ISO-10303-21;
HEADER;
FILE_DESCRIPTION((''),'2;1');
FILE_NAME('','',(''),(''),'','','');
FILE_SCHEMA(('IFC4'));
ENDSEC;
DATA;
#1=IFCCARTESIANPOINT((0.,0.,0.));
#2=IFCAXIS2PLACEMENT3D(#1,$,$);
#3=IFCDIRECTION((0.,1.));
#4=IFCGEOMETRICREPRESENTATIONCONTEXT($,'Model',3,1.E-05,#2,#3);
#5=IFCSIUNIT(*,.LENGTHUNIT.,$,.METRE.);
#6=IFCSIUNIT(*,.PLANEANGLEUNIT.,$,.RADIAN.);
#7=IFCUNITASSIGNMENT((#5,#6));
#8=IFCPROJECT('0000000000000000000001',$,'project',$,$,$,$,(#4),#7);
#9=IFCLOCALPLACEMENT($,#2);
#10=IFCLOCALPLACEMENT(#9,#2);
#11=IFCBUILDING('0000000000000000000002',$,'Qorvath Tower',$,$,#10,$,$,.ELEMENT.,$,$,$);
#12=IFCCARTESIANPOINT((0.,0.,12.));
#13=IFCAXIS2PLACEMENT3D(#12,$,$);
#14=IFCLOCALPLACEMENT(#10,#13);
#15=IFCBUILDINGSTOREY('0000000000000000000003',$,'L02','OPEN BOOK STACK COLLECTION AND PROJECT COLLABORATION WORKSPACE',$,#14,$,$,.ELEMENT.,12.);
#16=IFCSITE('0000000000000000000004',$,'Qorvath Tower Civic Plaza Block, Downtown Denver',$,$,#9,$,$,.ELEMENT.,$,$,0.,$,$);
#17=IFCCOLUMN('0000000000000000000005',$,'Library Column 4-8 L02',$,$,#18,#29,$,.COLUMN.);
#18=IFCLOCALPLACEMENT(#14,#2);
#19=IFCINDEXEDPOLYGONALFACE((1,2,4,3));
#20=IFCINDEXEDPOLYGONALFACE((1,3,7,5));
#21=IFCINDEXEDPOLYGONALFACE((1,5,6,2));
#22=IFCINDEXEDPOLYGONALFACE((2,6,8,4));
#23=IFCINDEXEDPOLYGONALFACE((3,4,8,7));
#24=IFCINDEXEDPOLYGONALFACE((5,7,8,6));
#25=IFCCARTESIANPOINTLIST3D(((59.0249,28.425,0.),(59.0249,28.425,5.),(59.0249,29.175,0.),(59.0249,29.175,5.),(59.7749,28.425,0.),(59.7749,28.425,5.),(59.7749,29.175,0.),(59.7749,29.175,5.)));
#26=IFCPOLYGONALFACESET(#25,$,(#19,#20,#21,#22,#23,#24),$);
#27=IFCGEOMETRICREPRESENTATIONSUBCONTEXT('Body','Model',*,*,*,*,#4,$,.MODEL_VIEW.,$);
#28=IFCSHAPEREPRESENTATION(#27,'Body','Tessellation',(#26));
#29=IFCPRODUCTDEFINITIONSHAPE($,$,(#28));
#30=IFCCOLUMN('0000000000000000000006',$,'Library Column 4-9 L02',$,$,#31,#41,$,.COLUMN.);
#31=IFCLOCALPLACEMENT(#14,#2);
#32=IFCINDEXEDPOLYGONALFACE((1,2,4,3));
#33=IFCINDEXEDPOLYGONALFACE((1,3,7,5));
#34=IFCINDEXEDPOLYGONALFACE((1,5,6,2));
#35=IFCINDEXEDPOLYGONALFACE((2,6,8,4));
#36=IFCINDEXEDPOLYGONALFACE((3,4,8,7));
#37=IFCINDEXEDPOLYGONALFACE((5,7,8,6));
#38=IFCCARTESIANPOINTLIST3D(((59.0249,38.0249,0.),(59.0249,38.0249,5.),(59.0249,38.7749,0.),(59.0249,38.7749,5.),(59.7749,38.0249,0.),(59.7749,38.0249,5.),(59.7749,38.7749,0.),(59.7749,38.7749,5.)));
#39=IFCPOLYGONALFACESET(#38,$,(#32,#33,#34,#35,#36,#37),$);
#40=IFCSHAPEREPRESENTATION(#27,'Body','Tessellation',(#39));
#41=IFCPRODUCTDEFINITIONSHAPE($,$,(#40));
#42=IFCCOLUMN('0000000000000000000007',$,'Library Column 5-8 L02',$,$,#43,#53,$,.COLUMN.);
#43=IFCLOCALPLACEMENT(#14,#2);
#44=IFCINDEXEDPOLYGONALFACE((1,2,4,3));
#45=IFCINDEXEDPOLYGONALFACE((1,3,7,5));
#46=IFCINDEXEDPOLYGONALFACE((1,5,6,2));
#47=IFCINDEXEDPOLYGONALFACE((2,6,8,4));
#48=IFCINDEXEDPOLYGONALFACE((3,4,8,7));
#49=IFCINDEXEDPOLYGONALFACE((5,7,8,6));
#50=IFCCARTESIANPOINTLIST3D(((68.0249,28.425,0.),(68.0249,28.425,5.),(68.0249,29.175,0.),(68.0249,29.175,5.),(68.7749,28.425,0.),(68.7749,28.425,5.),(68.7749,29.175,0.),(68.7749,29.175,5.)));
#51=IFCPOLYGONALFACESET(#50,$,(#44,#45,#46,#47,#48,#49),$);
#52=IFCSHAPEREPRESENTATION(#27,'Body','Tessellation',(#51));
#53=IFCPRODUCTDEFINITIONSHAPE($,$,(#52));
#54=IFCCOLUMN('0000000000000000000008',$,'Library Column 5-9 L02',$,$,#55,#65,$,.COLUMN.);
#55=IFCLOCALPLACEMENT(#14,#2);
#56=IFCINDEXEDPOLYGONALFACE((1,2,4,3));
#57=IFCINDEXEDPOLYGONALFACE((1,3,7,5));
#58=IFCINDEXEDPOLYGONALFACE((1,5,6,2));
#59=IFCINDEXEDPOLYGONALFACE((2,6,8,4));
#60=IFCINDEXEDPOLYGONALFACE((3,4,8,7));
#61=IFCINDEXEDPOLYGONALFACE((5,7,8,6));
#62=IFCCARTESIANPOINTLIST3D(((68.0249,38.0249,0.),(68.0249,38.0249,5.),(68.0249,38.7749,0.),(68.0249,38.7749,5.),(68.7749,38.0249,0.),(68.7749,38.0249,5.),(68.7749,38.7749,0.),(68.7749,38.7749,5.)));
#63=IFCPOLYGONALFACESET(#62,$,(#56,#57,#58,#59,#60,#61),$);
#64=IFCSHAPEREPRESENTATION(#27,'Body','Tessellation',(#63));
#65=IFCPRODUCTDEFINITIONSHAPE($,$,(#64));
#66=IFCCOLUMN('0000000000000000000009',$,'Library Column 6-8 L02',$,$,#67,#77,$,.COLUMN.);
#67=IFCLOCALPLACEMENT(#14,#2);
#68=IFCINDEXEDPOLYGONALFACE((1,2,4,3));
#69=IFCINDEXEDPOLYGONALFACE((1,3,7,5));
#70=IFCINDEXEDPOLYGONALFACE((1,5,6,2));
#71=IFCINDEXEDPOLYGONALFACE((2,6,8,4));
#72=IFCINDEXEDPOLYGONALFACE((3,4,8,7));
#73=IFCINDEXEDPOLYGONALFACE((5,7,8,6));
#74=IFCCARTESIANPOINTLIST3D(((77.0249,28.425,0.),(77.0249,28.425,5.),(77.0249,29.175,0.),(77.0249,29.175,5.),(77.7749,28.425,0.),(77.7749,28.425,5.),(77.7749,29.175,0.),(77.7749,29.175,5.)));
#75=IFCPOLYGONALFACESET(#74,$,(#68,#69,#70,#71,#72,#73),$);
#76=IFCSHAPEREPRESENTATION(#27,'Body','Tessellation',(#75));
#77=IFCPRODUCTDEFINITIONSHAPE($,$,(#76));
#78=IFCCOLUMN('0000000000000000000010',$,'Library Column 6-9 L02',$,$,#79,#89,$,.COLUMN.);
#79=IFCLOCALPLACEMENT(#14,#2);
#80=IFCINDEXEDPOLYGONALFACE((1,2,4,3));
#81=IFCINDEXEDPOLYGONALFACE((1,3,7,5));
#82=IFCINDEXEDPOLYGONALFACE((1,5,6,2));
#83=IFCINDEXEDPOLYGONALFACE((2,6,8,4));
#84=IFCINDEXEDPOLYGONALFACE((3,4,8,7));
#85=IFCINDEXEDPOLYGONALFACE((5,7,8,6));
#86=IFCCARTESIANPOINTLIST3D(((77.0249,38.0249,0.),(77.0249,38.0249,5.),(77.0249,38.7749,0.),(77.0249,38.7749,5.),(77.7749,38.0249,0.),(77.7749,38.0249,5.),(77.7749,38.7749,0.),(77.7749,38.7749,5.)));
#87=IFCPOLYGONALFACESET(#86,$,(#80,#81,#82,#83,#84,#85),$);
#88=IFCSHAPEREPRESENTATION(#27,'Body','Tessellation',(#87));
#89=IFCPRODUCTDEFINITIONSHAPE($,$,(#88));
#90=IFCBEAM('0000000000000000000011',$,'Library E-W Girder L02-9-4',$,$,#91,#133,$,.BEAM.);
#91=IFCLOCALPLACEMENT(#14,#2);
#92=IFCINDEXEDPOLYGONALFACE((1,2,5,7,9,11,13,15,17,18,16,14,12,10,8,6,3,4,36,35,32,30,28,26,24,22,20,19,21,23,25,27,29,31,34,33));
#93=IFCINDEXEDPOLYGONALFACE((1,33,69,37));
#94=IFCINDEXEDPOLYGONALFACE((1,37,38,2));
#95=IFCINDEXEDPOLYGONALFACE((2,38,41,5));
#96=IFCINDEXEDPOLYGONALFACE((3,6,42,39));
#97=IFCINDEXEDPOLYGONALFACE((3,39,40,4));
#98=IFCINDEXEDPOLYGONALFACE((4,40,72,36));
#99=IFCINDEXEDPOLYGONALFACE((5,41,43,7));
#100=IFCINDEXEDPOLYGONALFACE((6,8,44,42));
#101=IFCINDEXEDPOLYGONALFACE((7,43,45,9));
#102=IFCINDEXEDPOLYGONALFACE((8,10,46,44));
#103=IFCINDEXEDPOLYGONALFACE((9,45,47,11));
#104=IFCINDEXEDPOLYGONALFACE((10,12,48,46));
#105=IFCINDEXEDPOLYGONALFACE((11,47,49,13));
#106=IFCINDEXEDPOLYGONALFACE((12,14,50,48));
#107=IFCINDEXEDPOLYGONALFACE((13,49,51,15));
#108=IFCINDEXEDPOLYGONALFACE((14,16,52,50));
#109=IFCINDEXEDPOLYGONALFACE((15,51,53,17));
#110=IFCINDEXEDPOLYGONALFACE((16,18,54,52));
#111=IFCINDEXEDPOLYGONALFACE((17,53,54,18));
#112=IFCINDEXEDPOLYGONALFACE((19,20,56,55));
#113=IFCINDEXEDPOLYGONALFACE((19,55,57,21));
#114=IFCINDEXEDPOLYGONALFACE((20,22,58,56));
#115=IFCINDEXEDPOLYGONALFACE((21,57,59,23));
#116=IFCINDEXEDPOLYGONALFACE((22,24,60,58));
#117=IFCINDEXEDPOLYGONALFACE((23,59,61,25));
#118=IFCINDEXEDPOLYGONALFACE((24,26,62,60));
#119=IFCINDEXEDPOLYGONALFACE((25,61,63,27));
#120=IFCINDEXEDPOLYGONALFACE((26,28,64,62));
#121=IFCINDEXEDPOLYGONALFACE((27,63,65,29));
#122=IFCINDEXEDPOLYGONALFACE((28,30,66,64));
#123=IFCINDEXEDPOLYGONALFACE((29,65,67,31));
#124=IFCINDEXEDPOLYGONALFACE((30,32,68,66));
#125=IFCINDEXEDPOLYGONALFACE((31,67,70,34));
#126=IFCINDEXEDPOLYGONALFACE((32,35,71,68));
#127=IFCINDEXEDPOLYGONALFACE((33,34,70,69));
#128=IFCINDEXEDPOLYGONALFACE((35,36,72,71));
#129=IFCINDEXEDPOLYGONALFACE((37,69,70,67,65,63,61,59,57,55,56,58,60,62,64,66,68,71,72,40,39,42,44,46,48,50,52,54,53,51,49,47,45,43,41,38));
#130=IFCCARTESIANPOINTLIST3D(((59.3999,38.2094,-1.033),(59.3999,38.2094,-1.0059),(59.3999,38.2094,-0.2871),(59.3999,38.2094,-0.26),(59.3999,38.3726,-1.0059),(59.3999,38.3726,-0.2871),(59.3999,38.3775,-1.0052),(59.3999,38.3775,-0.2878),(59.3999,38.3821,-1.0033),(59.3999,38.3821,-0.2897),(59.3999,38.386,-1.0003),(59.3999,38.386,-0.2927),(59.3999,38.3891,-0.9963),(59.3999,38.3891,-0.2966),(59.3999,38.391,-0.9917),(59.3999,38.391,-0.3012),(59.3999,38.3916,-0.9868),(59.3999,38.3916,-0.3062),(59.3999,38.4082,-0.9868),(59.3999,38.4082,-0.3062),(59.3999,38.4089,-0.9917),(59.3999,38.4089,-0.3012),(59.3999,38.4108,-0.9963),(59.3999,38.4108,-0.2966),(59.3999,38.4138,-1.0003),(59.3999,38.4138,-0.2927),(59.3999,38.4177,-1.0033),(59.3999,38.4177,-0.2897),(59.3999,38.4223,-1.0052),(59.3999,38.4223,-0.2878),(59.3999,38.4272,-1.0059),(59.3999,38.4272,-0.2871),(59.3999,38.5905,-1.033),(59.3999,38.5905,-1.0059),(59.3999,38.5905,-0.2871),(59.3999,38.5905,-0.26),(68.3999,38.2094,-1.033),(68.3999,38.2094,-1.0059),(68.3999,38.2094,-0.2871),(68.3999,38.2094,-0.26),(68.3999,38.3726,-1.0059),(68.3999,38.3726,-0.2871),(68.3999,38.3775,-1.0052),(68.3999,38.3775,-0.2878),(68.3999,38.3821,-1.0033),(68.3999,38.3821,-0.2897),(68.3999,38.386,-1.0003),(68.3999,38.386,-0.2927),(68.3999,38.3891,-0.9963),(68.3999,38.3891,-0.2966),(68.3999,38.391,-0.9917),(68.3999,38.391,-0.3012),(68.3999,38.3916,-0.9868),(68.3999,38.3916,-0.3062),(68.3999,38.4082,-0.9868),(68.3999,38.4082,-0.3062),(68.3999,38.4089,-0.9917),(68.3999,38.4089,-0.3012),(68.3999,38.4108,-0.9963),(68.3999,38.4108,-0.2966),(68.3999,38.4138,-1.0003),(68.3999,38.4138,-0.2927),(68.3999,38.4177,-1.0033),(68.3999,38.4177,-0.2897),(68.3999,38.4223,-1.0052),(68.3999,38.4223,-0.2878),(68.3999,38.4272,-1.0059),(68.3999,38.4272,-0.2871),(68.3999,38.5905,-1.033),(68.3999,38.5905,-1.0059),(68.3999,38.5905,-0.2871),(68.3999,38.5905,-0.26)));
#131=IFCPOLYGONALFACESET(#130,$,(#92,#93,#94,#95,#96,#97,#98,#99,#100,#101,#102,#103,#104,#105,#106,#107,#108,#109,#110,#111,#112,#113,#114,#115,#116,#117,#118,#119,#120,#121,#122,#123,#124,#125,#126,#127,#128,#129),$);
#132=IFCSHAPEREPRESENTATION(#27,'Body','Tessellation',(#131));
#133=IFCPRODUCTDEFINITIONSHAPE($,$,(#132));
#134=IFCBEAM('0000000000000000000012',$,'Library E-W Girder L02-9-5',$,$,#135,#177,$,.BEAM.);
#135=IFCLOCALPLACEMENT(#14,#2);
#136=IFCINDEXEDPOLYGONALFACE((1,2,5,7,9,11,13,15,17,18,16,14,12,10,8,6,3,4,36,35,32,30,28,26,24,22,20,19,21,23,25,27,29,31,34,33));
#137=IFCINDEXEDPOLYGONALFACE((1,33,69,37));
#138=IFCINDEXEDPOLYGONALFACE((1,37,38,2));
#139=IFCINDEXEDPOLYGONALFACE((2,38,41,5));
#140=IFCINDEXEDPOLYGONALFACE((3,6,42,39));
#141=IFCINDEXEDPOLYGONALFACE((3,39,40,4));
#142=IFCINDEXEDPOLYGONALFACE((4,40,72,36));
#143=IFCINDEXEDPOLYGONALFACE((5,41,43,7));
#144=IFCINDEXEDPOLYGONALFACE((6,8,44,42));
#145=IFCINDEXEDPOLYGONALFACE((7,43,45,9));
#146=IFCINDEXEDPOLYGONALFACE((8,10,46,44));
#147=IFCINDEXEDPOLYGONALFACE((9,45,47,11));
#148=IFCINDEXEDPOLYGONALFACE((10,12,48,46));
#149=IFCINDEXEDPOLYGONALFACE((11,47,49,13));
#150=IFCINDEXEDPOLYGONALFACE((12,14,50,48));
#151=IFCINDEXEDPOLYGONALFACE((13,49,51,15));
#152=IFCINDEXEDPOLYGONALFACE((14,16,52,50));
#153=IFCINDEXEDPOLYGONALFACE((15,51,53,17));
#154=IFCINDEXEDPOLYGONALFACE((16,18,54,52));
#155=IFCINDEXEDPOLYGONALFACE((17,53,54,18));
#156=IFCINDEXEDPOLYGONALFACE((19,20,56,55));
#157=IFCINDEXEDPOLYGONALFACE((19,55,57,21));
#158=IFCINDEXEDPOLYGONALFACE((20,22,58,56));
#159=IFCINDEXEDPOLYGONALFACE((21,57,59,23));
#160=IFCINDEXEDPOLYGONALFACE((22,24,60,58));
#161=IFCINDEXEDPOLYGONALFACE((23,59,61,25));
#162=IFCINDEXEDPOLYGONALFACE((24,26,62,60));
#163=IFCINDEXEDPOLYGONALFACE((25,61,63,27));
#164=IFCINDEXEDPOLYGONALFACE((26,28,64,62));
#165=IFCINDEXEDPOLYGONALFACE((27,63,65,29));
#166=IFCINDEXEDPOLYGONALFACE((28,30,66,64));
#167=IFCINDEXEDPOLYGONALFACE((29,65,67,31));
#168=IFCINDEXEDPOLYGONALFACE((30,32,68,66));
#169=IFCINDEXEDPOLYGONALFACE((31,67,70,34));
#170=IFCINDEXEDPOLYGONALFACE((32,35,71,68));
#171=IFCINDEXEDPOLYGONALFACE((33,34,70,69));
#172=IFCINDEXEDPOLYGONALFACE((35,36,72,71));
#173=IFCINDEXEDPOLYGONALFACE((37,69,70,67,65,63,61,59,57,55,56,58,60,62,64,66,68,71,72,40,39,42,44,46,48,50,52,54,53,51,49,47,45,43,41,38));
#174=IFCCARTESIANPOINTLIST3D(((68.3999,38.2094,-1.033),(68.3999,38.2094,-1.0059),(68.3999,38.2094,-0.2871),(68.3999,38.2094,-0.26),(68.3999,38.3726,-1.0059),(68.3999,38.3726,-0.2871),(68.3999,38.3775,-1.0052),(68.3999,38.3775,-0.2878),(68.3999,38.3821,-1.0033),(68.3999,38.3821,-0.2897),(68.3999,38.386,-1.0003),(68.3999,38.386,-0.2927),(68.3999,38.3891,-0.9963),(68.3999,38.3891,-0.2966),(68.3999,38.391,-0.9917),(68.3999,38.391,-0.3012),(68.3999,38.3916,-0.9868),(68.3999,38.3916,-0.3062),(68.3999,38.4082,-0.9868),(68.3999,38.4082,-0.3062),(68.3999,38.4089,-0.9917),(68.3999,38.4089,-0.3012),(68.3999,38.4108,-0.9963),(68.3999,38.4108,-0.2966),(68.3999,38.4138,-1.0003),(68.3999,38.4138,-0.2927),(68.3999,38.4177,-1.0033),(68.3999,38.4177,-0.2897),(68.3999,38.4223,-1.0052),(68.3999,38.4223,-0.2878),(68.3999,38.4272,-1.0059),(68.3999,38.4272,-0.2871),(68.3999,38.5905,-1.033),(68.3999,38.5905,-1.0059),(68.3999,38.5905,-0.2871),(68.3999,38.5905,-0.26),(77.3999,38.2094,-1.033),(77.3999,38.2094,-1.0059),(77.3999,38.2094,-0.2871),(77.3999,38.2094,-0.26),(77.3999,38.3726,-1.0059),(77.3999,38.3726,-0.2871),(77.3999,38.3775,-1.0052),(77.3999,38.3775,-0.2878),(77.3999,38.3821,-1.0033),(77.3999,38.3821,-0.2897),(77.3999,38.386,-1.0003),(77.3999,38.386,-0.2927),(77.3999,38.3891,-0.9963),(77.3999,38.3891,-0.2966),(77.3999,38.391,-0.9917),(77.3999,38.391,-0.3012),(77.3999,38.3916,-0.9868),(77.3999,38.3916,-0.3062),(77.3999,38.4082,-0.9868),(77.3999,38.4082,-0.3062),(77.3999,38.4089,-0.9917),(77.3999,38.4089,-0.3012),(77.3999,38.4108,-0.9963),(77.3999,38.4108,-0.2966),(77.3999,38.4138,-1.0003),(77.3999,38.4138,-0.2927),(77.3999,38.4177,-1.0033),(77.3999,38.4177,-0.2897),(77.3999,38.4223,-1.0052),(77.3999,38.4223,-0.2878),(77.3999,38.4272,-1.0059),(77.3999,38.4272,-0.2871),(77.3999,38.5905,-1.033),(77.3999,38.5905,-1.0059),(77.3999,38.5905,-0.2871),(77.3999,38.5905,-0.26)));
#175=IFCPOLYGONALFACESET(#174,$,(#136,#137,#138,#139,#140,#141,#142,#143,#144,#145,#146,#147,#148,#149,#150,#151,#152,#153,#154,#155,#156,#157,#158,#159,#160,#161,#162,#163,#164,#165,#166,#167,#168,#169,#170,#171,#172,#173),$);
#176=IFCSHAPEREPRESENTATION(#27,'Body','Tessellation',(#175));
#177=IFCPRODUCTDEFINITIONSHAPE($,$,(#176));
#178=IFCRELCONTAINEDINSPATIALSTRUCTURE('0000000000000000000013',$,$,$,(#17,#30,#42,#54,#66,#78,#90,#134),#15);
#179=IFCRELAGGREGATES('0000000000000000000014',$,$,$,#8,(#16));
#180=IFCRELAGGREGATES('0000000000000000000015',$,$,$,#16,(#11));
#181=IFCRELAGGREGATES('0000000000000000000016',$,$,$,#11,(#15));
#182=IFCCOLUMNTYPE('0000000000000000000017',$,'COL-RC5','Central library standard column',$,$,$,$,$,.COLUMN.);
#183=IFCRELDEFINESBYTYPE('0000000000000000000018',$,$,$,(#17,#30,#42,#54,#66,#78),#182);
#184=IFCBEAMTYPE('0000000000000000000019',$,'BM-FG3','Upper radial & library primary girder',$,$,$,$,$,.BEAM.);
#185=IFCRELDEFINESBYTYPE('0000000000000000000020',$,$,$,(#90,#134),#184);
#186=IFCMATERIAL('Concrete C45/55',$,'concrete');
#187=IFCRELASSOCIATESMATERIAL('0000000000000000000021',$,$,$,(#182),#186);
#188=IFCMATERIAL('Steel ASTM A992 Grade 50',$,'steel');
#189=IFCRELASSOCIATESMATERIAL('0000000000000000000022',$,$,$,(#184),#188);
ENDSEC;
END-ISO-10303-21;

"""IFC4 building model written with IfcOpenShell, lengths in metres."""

from ifc_helpers import new_model, si_unit, direction, frame, origin, origin_2d, place, context, subcontext, project, spatial, rectangle, i_section, extrude, material, material_profile, profile_set, type_object, element, save


model = new_model("IFC4")

# Units and contexts
model_context = context("Model", 3, precision=1e-05, world=origin(), true_north=direction((0.0, 1.0)))
body_context = subcontext(model_context, "Body", "Model", "MODEL_VIEW")
ifc_project = project(units=[si_unit("LENGTHUNIT", "METRE"), si_unit("PLANEANGLEUNIT", "RADIAN")], contexts=[model_context])

# Site, building, storey
site_placement = place(None, origin())
site = spatial("IfcSite", under=ifc_project, at=site_placement, Name="Qorvath Tower Civic Plaza Block, Downtown Denver", CompositionType="ELEMENT", RefElevation=0.0)
building_placement = place(site_placement, origin())
building = spatial("IfcBuilding", under=site, at=building_placement, Name="Qorvath Tower", CompositionType="ELEMENT")
storey_placement = place(building_placement, frame((0.0, 0.0, 12.0)))
storey = spatial("IfcBuildingStorey", under=building, at=storey_placement, Name="L02", Description="OPEN BOOK STACK COLLECTION AND PROJECT COLLABORATION WORKSPACE", CompositionType="ELEMENT", Elevation=12.0)

# Columns
ifc_material_1 = material(Name="Concrete C45/55", Category="concrete")
ifc_material_profile_1 = material_profile(ifc_material_1, rectangle(XDim=0.75, YDim=0.75, at=origin_2d()), Name="RC 750x750")
ifc_profile_set_1 = profile_set([ifc_material_profile_1], Name="Concrete C45/55")
column_type = type_object("IfcColumnType", Name="COL-RC5", Description="Central library standard column", PredefinedType="COLUMN", material=ifc_profile_set_1)
for number, where, z_axis, x_axis, name in (
    (1, (59.3999, 28.8, 0.0), (0.0, 0.0, 1.0), (1.0, 0.0, 0.0), "Library Column 4-8 L02"),
    (2, (59.3999, 38.3999, 0.0), (0.0, 0.0, 1.0), (1.0, 0.0, 0.0), "Library Column 4-9 L02"),
    (3, (68.3999, 28.8, 0.0), (0.0, 0.0, 1.0), (1.0, 0.0, 0.0), "Library Column 5-8 L02"),
    (4, (68.3999, 38.3999, 0.0), (0.0, 0.0, 1.0), (1.0, 0.0, 0.0), "Library Column 5-9 L02"),
    (5, (77.3999, 28.8, 0.0), (0.0, 0.0, 1.0), (1.0, 0.0, 0.0), "Library Column 6-8 L02"),
    (6, (77.3999, 38.3999, 0.0), (0.0, 0.0, 1.0), (1.0, 0.0, 0.0), "Library Column 6-9 L02"),
):
    element("IfcColumn", number, at=place(storey_placement, frame(where, z_axis=z_axis, x_axis=x_axis)), inside=storey, type_object=column_type, Name=name, PredefinedType="COLUMN", context=body_context, shape_type="SweptSolid", body=[
        extrude(rectangle(XDim=0.75, YDim=0.75, at=origin_2d()), origin(), (0.0, 0.0, 1.0), 5.0),
    ])

# Beams
ifc_material_2 = material(Name="Steel ASTM A992 Grade 50", Category="steel")
ifc_material_profile_2 = material_profile(ifc_material_2, i_section(OverallWidth=0.3811, OverallDepth=0.7729, WebThickness=0.0166, FlangeThickness=0.0271, FilletRadius=0.019, at=origin_2d()), Name="W30x173")
ifc_profile_set_2 = profile_set([ifc_material_profile_2], Name="Steel ASTM A992 Grade 50")
beam_type_1 = type_object("IfcBeamType", Name="BM-FG3", Description="Upper radial & library primary girder", PredefinedType="BEAM", material=ifc_profile_set_2)
for number, where, z_axis, x_axis, name in (
    (7, (59.3999, 38.3999, -0.6465), (1.0, 0.0, 0.0), (0.0, 1.0, 0.0), "Library E-W Girder L02-9-4"),
    (8, (68.3999, 38.3999, -0.6465), (1.0, 0.0, 0.0), (0.0, 1.0, 0.0), "Library E-W Girder L02-9-5"),
):
    element("IfcBeam", number, at=place(storey_placement, frame(where, z_axis=z_axis, x_axis=x_axis)), inside=storey, type_object=beam_type_1, Name=name, PredefinedType="BEAM", context=body_context, shape_type="SweptSolid", body=[
        extrude(i_section(OverallWidth=0.3811, OverallDepth=0.7729, WebThickness=0.0166, FlangeThickness=0.0271, FilletRadius=0.019, at=origin_2d()), origin(), (0.0, 0.0, 1.0), 9.0),
    ])

save(model, "model.ifc")
